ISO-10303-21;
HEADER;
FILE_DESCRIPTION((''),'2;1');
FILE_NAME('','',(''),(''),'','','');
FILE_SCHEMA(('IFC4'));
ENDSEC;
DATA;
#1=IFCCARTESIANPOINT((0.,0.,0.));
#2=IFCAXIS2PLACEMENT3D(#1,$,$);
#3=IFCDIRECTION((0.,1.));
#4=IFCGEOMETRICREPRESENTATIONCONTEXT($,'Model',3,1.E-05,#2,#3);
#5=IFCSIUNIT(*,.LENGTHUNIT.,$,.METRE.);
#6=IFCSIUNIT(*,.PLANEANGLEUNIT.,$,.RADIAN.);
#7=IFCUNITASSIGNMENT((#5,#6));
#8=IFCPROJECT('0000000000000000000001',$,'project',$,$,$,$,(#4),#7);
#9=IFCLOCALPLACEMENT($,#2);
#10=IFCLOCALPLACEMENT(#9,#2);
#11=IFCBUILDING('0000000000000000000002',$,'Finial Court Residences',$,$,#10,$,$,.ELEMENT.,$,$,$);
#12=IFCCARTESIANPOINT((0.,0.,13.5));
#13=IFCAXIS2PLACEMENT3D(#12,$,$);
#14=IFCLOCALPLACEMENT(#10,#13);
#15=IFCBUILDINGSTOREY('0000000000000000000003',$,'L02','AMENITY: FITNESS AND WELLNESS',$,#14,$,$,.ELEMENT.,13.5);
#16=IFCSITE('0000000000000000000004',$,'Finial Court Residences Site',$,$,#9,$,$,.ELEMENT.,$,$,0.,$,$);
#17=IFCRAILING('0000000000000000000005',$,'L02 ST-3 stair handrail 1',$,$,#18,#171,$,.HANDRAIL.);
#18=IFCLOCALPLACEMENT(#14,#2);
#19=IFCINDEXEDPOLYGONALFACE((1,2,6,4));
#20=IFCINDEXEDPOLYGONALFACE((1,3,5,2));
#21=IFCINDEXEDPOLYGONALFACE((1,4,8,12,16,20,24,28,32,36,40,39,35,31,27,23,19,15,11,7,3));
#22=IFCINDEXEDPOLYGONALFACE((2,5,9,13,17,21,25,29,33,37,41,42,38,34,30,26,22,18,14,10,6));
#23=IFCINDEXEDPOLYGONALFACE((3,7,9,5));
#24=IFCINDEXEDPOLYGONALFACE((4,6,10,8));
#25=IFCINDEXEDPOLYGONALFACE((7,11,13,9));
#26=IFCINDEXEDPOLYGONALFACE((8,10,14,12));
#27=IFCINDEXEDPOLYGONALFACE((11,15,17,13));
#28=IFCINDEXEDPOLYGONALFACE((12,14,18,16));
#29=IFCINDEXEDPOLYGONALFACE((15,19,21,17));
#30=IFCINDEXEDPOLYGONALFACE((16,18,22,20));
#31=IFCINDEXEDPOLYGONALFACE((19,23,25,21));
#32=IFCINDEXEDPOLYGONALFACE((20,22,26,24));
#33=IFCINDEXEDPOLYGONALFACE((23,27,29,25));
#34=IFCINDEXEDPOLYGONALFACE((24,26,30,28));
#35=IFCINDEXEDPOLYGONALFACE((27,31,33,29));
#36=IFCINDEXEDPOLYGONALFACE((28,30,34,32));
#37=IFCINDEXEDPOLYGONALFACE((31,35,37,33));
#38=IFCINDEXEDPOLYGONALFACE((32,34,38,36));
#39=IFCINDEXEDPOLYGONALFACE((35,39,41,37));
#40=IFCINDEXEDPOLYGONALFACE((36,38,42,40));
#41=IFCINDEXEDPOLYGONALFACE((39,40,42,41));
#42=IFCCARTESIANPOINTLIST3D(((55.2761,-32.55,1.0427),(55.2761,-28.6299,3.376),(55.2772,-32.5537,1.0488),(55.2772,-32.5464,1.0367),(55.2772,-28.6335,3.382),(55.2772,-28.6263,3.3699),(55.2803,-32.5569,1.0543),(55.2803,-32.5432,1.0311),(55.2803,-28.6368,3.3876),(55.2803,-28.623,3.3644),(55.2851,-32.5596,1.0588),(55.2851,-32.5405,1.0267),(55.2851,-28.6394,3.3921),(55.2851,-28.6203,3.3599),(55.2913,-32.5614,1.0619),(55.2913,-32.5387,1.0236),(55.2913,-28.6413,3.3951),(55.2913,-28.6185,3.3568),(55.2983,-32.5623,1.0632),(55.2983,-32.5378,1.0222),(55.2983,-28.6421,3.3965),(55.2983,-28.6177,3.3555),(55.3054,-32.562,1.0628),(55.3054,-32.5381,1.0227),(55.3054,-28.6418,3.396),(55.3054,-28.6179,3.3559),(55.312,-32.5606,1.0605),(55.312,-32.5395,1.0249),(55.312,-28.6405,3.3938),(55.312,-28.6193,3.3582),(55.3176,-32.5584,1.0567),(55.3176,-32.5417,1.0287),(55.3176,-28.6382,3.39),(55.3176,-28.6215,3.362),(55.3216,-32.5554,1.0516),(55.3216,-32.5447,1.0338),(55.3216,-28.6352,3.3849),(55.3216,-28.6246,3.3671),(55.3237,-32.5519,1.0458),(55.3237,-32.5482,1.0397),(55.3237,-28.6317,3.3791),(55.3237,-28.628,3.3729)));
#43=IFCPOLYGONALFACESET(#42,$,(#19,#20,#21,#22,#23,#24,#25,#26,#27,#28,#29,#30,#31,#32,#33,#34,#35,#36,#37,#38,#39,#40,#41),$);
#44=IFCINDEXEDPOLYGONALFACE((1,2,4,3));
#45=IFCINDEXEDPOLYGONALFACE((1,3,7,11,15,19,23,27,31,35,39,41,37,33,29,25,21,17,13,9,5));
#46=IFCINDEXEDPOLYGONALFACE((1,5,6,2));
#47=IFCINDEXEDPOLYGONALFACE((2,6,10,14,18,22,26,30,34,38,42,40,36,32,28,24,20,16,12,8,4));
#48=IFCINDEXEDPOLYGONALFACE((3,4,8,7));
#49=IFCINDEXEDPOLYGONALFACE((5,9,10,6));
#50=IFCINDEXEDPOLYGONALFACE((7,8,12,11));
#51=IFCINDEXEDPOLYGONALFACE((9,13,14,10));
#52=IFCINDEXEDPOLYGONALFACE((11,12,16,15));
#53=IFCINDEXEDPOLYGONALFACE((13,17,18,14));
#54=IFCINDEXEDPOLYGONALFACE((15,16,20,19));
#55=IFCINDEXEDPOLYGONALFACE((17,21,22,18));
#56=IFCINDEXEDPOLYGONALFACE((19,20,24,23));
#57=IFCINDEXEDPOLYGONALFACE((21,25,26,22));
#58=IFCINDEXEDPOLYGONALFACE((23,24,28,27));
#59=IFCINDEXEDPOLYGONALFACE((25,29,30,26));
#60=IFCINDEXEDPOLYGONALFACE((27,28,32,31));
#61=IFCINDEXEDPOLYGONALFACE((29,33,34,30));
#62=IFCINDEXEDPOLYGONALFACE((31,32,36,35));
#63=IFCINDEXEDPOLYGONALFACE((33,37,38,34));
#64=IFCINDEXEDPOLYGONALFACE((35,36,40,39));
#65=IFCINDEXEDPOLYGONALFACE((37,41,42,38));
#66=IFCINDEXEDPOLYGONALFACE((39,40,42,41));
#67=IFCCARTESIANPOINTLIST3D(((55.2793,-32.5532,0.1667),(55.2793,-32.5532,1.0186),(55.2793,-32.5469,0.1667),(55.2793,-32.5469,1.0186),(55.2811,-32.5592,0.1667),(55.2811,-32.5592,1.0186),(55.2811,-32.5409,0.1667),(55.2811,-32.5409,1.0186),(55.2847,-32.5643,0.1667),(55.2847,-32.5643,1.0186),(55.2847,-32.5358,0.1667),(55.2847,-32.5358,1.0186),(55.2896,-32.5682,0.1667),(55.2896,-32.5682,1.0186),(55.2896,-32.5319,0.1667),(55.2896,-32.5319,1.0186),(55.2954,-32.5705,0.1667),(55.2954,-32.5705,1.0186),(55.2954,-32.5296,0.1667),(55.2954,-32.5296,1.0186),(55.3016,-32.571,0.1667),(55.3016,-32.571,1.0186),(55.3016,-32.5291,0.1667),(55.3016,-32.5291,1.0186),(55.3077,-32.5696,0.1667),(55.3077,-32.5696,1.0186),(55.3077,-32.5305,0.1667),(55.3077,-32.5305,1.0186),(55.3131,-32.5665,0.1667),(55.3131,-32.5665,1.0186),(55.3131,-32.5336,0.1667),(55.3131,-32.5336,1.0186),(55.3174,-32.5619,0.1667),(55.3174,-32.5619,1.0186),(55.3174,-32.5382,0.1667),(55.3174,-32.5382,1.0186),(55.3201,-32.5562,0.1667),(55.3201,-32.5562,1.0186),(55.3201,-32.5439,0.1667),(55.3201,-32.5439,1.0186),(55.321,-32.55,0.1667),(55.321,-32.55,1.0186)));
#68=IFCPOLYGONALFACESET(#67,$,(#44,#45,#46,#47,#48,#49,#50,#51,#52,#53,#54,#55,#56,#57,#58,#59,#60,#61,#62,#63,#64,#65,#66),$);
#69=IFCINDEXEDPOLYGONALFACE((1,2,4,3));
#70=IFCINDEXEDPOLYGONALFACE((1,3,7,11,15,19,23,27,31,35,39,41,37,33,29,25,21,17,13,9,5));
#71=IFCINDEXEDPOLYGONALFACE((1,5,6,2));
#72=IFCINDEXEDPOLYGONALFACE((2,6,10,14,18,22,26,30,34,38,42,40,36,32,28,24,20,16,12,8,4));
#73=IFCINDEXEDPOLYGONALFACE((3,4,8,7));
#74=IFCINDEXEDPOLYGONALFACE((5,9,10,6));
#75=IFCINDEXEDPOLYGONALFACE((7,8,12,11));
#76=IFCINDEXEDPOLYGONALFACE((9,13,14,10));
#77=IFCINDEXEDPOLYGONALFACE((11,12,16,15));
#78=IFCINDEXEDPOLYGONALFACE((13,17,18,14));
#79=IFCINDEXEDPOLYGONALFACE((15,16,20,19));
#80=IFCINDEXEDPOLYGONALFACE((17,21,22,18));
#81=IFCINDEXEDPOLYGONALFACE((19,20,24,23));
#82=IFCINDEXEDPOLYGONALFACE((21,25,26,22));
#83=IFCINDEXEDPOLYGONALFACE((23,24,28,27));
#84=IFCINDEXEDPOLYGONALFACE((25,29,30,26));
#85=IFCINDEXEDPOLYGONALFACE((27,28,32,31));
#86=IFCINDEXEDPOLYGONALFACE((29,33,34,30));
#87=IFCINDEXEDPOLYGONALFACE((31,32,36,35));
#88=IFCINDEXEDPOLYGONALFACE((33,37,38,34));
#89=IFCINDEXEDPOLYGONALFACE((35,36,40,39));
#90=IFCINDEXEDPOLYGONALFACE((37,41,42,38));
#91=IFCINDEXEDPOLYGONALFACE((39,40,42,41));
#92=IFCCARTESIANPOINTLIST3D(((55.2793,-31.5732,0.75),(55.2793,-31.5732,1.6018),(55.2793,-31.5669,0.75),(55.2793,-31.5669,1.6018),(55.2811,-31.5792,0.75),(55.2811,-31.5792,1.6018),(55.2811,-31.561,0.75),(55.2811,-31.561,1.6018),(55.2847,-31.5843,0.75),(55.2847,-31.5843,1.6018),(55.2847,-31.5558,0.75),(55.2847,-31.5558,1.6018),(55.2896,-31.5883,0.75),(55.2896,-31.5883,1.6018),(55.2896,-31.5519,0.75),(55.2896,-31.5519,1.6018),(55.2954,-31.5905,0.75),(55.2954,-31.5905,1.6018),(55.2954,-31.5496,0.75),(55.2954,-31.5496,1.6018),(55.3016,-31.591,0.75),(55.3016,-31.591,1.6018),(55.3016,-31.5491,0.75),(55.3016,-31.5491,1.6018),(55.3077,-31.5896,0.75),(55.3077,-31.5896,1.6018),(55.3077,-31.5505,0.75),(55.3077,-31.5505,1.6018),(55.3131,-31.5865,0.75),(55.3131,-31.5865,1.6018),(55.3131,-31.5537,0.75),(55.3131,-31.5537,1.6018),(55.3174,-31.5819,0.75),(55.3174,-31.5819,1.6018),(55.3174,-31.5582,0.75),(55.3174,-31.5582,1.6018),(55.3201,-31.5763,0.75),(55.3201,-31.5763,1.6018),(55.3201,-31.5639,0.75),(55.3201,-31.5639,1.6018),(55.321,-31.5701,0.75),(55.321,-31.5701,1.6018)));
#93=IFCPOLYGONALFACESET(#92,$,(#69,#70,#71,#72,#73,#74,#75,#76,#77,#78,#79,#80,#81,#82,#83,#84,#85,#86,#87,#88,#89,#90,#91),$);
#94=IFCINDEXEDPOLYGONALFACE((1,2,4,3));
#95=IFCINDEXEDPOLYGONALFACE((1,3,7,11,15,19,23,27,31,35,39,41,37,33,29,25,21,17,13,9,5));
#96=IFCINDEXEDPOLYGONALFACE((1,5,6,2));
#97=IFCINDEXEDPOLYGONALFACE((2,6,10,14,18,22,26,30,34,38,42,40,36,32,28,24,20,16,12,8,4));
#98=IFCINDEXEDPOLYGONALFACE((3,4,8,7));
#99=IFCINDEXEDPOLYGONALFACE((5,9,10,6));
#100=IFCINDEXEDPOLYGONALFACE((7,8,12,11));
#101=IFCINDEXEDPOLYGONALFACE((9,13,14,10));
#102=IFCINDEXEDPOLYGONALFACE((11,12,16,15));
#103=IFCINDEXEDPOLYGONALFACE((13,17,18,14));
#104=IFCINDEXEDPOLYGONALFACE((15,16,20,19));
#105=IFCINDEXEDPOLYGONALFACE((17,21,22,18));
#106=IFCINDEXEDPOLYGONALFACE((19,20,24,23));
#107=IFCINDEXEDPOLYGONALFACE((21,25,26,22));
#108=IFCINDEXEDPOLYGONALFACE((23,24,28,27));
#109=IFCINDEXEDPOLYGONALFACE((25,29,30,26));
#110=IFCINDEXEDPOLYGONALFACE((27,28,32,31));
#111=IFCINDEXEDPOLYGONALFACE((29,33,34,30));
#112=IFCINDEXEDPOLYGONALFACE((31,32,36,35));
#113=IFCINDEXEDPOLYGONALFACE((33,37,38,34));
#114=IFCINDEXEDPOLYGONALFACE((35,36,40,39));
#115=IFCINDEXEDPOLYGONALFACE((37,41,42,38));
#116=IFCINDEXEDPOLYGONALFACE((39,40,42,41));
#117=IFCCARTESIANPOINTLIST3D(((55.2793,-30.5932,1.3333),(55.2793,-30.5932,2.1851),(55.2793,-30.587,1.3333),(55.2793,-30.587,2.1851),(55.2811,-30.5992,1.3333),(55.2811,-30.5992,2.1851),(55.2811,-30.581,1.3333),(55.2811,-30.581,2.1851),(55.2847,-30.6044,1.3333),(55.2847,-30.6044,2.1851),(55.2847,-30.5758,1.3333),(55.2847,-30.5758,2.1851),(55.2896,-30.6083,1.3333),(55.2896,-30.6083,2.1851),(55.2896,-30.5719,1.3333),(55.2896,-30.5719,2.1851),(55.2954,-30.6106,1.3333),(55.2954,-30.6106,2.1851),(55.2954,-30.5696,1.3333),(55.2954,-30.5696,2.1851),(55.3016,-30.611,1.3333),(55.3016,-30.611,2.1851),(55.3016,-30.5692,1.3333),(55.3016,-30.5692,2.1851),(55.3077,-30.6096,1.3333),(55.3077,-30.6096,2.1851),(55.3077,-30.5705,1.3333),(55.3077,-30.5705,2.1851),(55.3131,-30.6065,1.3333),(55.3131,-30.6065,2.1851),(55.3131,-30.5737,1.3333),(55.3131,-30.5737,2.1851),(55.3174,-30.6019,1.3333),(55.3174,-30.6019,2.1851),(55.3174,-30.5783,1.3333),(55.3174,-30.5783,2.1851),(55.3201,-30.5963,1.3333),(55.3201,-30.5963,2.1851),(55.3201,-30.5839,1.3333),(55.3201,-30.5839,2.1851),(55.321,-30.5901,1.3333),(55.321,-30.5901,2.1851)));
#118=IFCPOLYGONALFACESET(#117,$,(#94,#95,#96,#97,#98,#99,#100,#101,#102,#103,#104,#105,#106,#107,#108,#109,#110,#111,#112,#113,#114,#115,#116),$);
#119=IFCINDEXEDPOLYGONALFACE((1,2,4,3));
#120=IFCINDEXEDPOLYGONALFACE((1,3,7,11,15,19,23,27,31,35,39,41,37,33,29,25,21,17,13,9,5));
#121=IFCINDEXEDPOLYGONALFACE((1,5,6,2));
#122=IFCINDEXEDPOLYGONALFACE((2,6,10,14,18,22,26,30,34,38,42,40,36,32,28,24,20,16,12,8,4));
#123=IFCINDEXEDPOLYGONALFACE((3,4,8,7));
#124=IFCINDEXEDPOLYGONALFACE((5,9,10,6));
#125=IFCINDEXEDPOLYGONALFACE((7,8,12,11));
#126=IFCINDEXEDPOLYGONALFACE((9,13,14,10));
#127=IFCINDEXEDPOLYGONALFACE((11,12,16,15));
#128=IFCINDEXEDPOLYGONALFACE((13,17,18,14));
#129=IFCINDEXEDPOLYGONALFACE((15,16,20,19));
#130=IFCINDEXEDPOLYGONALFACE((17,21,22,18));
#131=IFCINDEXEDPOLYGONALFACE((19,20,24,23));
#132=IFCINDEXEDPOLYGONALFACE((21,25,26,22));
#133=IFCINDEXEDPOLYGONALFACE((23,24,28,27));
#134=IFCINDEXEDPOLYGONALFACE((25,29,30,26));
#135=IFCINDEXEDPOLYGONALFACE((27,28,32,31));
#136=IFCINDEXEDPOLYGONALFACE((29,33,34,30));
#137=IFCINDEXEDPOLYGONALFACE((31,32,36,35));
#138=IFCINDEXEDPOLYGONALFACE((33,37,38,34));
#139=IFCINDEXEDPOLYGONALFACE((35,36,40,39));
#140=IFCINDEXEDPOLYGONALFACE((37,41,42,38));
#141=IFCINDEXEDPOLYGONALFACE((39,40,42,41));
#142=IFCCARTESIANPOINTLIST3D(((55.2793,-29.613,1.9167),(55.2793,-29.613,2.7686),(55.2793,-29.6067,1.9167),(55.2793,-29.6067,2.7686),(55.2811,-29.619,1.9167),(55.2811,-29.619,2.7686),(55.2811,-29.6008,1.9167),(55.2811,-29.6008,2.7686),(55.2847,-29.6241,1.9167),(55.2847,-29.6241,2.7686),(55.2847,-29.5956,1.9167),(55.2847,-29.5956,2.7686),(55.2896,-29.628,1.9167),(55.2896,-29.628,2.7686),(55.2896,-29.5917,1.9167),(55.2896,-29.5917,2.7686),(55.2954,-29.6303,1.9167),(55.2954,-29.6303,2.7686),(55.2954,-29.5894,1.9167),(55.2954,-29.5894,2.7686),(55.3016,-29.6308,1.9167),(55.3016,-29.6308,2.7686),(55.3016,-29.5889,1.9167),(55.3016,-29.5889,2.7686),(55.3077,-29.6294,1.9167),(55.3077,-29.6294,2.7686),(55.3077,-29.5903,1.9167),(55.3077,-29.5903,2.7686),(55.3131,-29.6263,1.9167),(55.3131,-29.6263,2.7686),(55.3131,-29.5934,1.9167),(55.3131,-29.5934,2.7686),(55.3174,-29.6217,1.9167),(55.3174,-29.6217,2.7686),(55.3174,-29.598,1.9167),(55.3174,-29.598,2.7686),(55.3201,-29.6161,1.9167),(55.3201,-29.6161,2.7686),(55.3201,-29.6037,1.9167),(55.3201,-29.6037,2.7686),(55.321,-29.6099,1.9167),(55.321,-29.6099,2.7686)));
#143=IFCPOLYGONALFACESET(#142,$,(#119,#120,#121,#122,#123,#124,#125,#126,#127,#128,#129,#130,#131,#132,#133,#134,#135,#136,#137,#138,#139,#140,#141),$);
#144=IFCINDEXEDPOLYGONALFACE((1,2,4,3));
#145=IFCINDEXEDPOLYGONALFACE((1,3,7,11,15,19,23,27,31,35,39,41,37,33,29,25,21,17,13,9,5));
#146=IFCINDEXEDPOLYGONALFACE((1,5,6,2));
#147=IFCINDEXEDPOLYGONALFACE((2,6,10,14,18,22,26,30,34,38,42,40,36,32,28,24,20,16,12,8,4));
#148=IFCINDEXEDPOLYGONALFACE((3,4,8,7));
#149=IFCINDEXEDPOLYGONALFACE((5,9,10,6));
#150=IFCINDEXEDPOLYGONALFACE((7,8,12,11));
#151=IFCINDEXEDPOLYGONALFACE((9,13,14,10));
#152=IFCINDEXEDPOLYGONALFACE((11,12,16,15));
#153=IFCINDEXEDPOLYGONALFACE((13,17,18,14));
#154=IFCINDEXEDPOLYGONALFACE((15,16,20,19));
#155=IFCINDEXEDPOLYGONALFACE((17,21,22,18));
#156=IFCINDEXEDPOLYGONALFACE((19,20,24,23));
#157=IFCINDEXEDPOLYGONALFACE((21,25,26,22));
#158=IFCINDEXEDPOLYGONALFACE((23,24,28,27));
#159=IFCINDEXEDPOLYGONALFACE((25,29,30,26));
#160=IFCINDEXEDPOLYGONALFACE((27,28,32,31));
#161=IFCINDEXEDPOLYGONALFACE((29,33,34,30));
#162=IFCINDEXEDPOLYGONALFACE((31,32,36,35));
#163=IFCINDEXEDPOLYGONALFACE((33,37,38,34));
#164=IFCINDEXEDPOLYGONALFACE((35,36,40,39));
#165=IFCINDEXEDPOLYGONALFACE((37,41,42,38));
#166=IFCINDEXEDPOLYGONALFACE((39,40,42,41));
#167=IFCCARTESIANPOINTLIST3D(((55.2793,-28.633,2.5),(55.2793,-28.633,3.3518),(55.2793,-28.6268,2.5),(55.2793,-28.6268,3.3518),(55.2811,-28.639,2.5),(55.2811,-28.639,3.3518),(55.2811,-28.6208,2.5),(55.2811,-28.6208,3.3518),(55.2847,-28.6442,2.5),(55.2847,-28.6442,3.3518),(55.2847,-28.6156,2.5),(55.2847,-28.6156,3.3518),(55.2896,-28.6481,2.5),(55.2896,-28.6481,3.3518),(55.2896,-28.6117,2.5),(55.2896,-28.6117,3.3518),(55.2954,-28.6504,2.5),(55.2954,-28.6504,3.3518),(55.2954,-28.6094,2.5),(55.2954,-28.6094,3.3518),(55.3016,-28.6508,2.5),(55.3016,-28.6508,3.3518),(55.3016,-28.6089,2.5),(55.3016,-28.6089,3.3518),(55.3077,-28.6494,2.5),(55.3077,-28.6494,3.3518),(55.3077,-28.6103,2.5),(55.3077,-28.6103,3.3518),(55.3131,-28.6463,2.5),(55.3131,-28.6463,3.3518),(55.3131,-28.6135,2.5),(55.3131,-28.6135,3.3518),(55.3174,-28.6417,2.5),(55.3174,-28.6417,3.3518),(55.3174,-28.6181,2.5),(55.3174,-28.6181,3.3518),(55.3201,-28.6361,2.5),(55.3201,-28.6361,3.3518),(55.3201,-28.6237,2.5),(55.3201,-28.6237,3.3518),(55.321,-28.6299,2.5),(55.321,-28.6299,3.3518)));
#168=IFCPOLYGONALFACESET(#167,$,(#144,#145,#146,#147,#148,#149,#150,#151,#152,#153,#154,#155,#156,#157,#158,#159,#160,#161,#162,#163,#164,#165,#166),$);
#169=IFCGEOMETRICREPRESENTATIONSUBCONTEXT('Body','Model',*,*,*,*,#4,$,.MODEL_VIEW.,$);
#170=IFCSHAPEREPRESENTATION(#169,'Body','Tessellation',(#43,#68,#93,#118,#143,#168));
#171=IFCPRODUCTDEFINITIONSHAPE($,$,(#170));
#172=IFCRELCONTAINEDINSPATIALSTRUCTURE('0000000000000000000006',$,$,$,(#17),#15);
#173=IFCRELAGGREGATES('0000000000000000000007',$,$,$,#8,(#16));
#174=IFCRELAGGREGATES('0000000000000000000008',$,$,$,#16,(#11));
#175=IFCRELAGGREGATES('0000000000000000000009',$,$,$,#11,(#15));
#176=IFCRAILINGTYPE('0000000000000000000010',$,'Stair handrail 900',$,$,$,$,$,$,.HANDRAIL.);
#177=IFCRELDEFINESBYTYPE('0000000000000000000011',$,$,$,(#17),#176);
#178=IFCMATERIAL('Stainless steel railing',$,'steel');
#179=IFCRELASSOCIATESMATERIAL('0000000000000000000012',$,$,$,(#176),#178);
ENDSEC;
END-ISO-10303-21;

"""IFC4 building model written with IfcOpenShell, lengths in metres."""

from ifc_helpers import new_model, si_unit, direction, frame, origin, origin_2d, place, context, subcontext, project, spatial, circle, extrude, material, type_object, element, save


model = new_model("IFC4")

# Units and contexts
model_context = context("Model", 3, precision=1e-05, world=origin(), true_north=direction((0.0, 1.0)))
body_context = subcontext(model_context, "Body", "Model", "MODEL_VIEW")
ifc_project = project(units=[si_unit("LENGTHUNIT", "METRE"), si_unit("PLANEANGLEUNIT", "RADIAN")], contexts=[model_context])

# Site, building, storey
site_placement = place(None, origin())
site = spatial("IfcSite", under=ifc_project, at=site_placement, Name="Finial Court Residences Site", CompositionType="ELEMENT", RefElevation=0.0)
building_placement = place(site_placement, origin())
building = spatial("IfcBuilding", under=site, at=building_placement, Name="Finial Court Residences", CompositionType="ELEMENT")
storey_placement = place(building_placement, frame((0.0, 0.0, 13.5)))
storey = spatial("IfcBuildingStorey", under=building, at=storey_placement, Name="L02", Description="AMENITY: FITNESS AND WELLNESS", CompositionType="ELEMENT", Elevation=13.5)

# Railing
ifc_material_1 = material(Name="Stainless steel railing", Category="steel")
railing_type_1 = type_object("IfcRailingType", Name="Stair handrail 900", PredefinedType="HANDRAIL", material=ifc_material_1)
railing_1_placement = place(storey_placement, frame((55.3, -32.55, 0.1667)))
element("IfcRailing", 1, at=railing_1_placement, inside=storey, type_object=railing_type_1, Name="L02 ST-3 stair handrail 1", PredefinedType="HANDRAIL", context=body_context, shape_type="SweptSolid", body=[
    extrude(circle(Radius=0.0239, at=origin_2d()), frame((0.0, 0.0, 0.876), z_axis=(0.0, 0.85931, 0.511455), x_axis=(-1.0, 0.0, 0.0)), (0.0, 0.0, 1.0), 4.562),
    extrude(circle(Radius=0.021, at=origin_2d()), origin(), (0.0, 0.0, 1.0), 0.8518),
    extrude(circle(Radius=0.021, at=origin_2d()), frame((0.0, 0.98, 0.5833)), (0.0, 0.0, 1.0), 0.8518),
    extrude(circle(Radius=0.021, at=origin_2d()), frame((0.0, 1.96, 1.1665)), (0.0, 0.0, 1.0), 0.8518),
    extrude(circle(Radius=0.021, at=origin_2d()), frame((0.0, 2.9402, 1.75)), (0.0, 0.0, 1.0), 0.8518),
    extrude(circle(Radius=0.021, at=origin_2d()), frame((0.0, 3.9202, 2.3333)), (0.0, 0.0, 1.0), 0.8518),
])

save(model, "model.ifc")
